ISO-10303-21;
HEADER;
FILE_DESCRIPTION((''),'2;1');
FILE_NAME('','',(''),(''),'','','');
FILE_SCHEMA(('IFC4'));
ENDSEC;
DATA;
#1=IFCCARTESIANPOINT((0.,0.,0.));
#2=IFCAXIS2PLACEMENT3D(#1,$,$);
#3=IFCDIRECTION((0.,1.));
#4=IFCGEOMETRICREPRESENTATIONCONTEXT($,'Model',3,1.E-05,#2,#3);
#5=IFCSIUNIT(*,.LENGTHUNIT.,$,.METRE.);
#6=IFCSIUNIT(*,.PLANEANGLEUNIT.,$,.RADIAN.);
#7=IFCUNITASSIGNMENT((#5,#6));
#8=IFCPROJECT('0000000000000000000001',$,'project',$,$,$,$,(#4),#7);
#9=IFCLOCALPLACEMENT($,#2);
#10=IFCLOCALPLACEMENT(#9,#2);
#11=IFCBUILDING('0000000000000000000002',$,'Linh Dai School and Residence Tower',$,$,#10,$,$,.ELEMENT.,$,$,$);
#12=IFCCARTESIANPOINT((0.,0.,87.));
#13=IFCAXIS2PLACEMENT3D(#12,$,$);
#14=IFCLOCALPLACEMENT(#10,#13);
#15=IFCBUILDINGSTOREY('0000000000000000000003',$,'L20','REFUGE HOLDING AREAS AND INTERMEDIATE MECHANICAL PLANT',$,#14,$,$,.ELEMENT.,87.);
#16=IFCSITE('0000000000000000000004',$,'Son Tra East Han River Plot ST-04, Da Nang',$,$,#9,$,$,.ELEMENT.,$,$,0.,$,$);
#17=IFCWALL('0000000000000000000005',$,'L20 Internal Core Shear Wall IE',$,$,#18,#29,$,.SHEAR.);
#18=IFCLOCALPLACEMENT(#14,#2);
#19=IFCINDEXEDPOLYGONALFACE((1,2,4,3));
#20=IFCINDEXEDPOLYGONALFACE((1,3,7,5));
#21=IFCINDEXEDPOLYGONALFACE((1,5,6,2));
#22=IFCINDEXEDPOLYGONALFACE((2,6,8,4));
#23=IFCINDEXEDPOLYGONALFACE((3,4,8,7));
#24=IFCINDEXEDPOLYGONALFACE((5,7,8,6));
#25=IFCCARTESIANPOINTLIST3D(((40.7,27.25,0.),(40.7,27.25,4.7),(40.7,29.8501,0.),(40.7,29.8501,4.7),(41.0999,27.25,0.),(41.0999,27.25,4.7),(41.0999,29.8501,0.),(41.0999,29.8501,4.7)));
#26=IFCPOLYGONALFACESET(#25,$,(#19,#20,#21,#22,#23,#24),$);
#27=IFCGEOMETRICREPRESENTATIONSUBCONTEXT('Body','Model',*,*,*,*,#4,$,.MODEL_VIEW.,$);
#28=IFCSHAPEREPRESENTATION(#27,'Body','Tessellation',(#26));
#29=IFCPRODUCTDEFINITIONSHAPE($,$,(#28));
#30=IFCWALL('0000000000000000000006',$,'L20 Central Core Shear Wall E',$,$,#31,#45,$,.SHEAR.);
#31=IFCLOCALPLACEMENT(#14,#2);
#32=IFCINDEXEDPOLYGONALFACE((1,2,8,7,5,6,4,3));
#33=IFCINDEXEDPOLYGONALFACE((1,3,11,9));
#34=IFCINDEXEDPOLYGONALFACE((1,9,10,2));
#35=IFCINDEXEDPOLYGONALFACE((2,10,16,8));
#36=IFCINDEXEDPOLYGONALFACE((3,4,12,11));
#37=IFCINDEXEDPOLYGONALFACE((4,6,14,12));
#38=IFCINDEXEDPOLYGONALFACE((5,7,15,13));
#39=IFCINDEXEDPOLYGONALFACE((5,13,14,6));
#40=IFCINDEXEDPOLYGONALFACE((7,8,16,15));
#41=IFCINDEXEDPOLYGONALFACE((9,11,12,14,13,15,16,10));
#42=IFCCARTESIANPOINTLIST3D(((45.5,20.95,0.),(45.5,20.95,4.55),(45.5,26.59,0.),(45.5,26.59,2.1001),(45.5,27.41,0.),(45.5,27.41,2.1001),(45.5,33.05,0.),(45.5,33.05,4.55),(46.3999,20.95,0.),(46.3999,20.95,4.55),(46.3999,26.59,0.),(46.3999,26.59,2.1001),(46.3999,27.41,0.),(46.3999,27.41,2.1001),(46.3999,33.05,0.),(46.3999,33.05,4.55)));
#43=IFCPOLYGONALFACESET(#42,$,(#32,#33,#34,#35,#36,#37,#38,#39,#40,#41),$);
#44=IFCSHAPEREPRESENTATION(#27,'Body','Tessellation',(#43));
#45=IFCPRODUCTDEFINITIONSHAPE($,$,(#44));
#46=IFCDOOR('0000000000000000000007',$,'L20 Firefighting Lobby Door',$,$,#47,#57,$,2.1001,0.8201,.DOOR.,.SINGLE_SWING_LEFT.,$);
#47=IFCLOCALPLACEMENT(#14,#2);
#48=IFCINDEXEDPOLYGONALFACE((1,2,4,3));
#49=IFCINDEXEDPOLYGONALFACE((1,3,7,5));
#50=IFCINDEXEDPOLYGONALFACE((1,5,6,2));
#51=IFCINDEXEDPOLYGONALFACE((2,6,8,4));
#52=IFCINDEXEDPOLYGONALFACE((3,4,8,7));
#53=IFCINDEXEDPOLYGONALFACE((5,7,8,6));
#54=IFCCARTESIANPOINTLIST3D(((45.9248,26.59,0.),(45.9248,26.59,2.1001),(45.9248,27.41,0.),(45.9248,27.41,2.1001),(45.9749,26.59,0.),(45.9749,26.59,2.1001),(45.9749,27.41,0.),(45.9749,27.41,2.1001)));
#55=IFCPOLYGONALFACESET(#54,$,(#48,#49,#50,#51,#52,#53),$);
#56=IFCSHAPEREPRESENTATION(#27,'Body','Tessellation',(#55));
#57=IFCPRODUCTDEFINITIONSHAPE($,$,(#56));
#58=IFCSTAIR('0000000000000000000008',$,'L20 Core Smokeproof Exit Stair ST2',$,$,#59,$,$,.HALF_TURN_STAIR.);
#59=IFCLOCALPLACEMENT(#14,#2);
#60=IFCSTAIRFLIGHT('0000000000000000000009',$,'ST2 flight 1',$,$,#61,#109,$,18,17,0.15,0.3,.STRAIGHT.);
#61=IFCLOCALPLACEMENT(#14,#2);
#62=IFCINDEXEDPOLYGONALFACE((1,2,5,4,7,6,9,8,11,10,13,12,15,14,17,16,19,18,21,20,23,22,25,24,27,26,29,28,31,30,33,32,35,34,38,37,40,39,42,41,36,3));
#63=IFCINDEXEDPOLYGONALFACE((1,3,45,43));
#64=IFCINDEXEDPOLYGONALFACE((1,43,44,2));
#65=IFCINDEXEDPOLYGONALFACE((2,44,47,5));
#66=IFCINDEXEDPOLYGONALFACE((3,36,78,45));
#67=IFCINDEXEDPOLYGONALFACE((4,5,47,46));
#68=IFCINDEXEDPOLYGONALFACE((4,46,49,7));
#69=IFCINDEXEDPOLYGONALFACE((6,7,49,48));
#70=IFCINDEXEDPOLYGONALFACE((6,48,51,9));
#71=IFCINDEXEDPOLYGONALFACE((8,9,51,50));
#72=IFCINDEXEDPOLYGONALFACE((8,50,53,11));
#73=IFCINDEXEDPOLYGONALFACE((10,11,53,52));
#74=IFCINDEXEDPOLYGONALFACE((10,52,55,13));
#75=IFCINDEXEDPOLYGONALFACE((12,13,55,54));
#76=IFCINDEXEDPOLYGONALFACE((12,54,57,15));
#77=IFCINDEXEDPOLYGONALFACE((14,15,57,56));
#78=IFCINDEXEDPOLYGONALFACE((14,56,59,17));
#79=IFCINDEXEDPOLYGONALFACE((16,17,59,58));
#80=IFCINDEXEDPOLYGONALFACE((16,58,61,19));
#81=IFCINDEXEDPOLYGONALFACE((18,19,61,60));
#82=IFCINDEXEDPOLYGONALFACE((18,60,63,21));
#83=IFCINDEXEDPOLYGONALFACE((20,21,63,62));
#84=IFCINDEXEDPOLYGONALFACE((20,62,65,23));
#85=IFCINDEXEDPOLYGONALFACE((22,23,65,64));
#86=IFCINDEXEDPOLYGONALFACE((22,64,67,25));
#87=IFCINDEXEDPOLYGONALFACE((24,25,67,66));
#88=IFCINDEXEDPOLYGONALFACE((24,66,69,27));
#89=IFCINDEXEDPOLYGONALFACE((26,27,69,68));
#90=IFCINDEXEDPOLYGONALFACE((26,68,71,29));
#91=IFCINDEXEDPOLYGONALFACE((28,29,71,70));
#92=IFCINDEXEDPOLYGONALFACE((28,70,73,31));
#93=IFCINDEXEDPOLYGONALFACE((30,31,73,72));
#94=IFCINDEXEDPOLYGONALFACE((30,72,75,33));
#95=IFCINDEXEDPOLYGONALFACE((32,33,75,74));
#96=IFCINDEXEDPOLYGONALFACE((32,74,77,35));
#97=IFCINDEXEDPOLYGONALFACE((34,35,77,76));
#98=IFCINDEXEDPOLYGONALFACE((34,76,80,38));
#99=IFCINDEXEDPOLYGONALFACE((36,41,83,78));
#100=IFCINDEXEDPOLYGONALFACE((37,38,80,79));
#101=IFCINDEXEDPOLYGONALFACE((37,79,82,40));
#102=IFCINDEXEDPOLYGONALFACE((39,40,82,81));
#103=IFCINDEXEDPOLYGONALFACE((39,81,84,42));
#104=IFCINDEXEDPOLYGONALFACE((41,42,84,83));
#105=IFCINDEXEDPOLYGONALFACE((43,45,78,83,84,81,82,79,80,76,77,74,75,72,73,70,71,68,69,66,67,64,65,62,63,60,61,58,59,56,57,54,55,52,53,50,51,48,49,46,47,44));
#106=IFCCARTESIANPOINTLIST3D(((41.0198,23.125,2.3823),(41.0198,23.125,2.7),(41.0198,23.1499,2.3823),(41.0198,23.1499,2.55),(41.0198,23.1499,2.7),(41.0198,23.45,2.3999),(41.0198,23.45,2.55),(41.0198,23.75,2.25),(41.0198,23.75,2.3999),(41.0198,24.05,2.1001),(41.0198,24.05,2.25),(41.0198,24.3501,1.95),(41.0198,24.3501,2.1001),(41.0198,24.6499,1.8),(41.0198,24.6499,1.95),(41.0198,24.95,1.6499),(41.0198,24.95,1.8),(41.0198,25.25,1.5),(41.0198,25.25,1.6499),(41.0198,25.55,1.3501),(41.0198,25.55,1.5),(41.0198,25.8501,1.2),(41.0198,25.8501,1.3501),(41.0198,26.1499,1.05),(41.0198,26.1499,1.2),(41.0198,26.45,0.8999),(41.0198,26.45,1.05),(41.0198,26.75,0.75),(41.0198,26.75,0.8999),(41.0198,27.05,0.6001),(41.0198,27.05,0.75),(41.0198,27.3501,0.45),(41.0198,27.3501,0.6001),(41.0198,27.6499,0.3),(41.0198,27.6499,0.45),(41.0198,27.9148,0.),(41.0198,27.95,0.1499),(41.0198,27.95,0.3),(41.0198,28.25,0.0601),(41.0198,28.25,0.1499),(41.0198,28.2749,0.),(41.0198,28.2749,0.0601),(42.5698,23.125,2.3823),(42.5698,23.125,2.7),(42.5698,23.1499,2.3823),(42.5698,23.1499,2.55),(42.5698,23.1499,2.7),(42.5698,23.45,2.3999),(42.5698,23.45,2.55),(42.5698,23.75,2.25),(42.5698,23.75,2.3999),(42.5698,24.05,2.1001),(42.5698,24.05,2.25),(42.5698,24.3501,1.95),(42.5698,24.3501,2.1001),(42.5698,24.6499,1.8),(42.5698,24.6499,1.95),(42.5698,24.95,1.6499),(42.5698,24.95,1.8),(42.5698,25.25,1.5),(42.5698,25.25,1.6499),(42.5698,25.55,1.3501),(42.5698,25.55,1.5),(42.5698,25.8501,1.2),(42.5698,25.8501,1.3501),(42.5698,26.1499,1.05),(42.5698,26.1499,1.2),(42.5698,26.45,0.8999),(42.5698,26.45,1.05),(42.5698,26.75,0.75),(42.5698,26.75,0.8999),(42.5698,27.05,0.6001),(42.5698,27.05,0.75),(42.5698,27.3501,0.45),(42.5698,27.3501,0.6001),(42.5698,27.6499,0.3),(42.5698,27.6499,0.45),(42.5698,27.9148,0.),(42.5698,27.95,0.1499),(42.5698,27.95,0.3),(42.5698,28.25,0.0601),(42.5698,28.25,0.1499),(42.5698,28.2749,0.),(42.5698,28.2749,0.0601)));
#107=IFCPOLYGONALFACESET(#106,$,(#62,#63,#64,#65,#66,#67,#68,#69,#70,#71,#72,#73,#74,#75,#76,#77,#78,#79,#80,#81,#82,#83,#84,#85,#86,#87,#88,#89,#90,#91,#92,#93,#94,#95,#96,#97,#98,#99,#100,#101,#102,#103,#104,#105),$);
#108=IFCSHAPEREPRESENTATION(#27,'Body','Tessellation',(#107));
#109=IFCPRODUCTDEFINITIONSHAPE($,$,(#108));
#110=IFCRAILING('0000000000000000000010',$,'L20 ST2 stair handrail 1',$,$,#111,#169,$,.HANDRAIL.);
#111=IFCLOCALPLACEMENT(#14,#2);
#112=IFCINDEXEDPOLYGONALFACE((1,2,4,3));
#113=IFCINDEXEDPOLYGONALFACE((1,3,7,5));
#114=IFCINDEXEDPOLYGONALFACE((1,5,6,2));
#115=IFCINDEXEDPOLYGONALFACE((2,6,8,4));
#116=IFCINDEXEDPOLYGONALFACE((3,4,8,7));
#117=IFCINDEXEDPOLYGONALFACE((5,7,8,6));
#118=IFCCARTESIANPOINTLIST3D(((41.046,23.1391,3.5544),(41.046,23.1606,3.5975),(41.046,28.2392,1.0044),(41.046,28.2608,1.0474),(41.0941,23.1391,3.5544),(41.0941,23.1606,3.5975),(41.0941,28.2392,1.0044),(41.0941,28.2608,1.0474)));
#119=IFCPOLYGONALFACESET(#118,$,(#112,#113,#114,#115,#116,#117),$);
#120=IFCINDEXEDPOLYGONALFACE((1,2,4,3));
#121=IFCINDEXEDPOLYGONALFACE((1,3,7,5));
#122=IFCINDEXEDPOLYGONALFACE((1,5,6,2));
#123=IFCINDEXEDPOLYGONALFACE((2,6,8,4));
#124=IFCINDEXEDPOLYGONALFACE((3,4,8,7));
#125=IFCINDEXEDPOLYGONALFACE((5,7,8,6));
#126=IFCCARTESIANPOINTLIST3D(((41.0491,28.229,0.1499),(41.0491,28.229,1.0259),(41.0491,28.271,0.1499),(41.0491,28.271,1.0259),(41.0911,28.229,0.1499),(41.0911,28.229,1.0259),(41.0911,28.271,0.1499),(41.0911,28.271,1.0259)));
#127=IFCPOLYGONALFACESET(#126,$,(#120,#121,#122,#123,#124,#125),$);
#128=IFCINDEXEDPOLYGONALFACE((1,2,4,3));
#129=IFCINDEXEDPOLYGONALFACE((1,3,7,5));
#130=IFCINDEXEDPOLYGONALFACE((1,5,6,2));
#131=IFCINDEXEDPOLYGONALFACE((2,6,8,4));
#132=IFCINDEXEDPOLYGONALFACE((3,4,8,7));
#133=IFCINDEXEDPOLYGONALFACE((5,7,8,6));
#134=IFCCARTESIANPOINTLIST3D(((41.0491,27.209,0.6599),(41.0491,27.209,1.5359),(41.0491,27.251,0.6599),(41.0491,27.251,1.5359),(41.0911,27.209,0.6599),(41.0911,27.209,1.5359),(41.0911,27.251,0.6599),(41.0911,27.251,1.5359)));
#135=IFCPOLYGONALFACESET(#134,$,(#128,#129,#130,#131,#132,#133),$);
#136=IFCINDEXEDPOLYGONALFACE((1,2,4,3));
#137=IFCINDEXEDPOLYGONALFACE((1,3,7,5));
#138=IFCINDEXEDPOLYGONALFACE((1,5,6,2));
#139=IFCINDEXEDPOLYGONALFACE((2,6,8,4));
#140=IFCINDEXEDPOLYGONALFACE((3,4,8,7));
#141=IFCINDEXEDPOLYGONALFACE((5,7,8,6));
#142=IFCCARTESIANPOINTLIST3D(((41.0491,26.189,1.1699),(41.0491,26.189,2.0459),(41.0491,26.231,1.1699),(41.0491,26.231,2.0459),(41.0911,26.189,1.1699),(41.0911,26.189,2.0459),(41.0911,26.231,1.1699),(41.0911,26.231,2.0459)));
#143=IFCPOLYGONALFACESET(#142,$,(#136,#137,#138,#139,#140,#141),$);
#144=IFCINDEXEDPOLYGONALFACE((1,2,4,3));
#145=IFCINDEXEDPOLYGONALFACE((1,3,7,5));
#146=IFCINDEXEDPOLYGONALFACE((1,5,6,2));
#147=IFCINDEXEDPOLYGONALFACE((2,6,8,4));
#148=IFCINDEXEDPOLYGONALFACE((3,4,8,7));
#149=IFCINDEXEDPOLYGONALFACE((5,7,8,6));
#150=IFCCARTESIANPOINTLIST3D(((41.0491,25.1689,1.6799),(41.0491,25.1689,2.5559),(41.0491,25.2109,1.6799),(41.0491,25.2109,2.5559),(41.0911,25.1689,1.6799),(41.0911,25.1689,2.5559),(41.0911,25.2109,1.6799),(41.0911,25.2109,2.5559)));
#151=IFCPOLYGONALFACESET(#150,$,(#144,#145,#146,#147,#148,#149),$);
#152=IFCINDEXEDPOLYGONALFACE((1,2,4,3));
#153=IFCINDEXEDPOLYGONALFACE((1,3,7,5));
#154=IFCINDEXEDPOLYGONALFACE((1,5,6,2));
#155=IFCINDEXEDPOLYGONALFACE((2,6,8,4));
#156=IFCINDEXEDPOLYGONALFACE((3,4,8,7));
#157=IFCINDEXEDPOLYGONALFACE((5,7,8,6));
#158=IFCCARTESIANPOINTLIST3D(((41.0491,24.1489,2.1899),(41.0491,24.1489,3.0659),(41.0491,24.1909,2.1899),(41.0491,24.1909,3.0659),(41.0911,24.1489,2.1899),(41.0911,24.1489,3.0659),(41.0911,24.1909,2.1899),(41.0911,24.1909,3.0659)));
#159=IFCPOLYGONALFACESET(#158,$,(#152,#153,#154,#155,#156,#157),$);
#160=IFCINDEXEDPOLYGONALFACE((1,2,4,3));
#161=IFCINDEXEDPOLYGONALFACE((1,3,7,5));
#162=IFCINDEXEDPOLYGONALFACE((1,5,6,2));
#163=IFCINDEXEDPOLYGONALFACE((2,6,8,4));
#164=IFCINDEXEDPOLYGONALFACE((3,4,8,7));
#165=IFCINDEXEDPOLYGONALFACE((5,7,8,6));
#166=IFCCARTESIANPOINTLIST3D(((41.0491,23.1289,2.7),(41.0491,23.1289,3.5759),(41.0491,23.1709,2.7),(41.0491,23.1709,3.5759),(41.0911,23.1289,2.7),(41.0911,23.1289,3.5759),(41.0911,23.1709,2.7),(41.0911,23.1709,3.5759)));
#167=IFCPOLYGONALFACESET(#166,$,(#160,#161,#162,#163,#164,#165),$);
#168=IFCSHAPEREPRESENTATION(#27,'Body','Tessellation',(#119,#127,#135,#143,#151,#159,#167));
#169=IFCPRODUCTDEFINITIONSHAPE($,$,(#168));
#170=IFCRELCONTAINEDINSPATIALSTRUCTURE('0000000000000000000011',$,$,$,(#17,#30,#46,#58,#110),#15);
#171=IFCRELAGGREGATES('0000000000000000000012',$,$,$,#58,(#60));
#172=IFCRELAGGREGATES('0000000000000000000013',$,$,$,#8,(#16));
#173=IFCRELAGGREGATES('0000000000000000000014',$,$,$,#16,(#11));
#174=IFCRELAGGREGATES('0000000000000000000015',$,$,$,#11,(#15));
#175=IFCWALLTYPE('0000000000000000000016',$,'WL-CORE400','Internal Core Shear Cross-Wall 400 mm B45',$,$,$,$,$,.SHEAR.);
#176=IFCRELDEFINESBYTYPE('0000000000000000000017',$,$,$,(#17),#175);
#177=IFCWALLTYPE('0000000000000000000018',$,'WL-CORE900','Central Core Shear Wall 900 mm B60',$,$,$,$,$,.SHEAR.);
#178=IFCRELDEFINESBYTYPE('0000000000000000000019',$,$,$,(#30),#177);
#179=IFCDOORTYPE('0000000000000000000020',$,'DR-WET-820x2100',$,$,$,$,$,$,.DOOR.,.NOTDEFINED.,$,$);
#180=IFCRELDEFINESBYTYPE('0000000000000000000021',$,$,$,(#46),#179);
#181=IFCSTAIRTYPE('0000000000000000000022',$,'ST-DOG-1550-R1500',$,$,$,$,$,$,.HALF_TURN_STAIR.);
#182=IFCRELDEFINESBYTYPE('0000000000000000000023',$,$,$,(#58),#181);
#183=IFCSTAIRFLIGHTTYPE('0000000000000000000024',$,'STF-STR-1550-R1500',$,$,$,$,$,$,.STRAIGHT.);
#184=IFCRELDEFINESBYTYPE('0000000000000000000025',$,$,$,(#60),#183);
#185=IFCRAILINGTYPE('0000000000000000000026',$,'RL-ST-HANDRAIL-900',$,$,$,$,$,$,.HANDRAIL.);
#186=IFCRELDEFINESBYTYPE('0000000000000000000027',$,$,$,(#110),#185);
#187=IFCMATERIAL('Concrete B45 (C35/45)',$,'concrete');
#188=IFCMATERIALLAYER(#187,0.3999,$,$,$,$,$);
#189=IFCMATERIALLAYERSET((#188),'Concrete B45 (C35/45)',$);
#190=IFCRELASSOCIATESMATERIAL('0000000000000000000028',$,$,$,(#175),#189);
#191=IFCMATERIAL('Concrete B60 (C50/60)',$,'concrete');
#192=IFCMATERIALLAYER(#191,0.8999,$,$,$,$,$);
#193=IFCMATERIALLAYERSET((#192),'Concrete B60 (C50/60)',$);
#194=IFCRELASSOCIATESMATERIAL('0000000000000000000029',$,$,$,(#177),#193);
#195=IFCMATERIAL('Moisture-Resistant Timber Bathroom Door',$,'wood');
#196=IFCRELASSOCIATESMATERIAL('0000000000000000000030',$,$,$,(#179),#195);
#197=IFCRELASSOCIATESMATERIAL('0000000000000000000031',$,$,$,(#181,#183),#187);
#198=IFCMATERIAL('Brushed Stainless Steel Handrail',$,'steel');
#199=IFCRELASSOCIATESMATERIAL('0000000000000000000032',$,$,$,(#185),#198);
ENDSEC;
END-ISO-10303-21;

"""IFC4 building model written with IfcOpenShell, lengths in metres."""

from ifc_helpers import new_model, si_unit, direction, frame, frame_2d, origin, origin_2d, place, context, subcontext, project, spatial, polyline, rectangle, outline, extrude, source, transform, mapped, material, layer, layer_set, type_object, element, fill, aggregate, save


model = new_model("IFC4")

# Units and contexts
model_context = context("Model", 3, precision=1e-05, world=origin(), true_north=direction((0.0, 1.0)))
body_context = subcontext(model_context, "Body", "Model", "MODEL_VIEW")
ifc_project = project(units=[si_unit("LENGTHUNIT", "METRE"), si_unit("PLANEANGLEUNIT", "RADIAN")], contexts=[model_context])

# Site, building, storey
site_placement = place(None, origin())
site = spatial("IfcSite", under=ifc_project, at=site_placement, Name="Son Tra East Han River Plot ST-04, Da Nang", CompositionType="ELEMENT", RefElevation=0.0)
building_placement = place(site_placement, origin())
building = spatial("IfcBuilding", under=site, at=building_placement, Name="Linh Dai School and Residence Tower", CompositionType="ELEMENT")
storey_placement = place(building_placement, frame((0.0, 0.0, 87.0)))
storey = spatial("IfcBuildingStorey", under=building, at=storey_placement, Name="L20", Description="REFUGE HOLDING AREAS AND INTERMEDIATE MECHANICAL PLANT", CompositionType="ELEMENT", Elevation=87.0)

# Wall
ifc_material_1 = material(Name="Concrete B45 (C35/45)", Category="concrete")
ifc_layer_1 = layer(ifc_material_1, 0.3999)
ifc_layer_set_1 = layer_set([ifc_layer_1], Name="Concrete B45 (C35/45)")
wall_type_1 = type_object("IfcWallType", Name="WL-CORE400", Description="Internal Core Shear Cross-Wall 400 mm B45", PredefinedType="SHEAR", material=ifc_layer_set_1)
wall_1_placement = place(storey_placement, frame((40.8999, 27.25, 0.0), z_axis=(0.0, 0.0, 1.0), x_axis=(0.0, 1.0, 0.0)))
element("IfcWall", 1, at=wall_1_placement, inside=storey, type_object=wall_type_1, Name="L20 Internal Core Shear Wall IE", PredefinedType="SHEAR", context=body_context, shape_type="SweptSolid", body=[
    extrude(rectangle(XDim=2.6001, YDim=0.3999, at=frame_2d((1.3, 0.0))), origin(), (0.0, 0.0, 1.0), 4.7),
])

# Wall, opening, door
ifc_material_2 = material(Name="Concrete B60 (C50/60)", Category="concrete")
ifc_layer_2 = layer(ifc_material_2, 0.8999)
ifc_layer_set_2 = layer_set([ifc_layer_2], Name="Concrete B60 (C50/60)")
wall_type_2 = type_object("IfcWallType", Name="WL-CORE900", Description="Central Core Shear Wall 900 mm B60", PredefinedType="SHEAR", material=ifc_layer_set_2)
wall_2_placement = place(storey_placement, frame((45.95, 33.05, 0.0), z_axis=(0.0, 0.0, 1.0), x_axis=(0.0, -1.0, 0.0)))
wall_2 = element("IfcWall", 2, at=wall_2_placement, inside=storey, type_object=wall_type_2, Name="L20 Central Core Shear Wall E", PredefinedType="SHEAR", context=body_context, shape_type="SweptSolid", body=[
    extrude(rectangle(XDim=12.1001, YDim=0.8999, at=frame_2d((6.05, 0.0))), origin(), (0.0, 0.0, 1.0), 4.55),
])
opening_placement = place(wall_2_placement, frame((5.6399, 0.0, 0.0)))
opening = element("IfcOpeningElement", 3, at=opening_placement, cuts=wall_2, PredefinedType="OPENING", context=body_context, shape_type="SweptSolid", body=[
    extrude(rectangle(XDim=0.8201, YDim=2.1001, at=origin_2d()), frame((0.4102, 0.46, 1.05), z_axis=(0.0, -1.0, 0.0), x_axis=(1.0, 0.0, 0.0)), (0.0, 0.0, 1.0), 0.9199),
])
ifc_material_3 = material(Name="Moisture-Resistant Timber Bathroom Door", Category="wood")
door_type = type_object("IfcDoorType", Name="DR-WET-820x2100", OperationType="NOTDEFINED", PredefinedType="DOOR", material=ifc_material_3)
shared_shape_1 = source(origin(), body_context, "Body", "SweptSolid", [
    extrude(rectangle(XDim=0.8201, YDim=2.1001, at=origin_2d()), frame((0.4102, 0.0249, 1.05), z_axis=(0.0, -1.0, 0.0), x_axis=(1.0, 0.0, 0.0)), (0.0, 0.0, 1.0), 0.05),
])
door_placement = place(opening_placement, origin())
door = element("IfcDoor", 4, at=door_placement, inside=storey, type_object=door_type, Name="L20 Firefighting Lobby Door", OperationType="SINGLE_SWING_LEFT", OverallHeight=2.1001, OverallWidth=0.8201, PredefinedType="DOOR", context=body_context, shape_type="MappedRepresentation", body=[
    mapped(shared_shape_1, transform((0.0, 0.0, 0.0), x_axis=(1.0, 0.0, 0.0), y_axis=(0.0, 1.0, 0.0), z_axis=(0.0, 0.0, 1.0), scale=1.0)),
])
fill(opening, door)

# Stair, stair flight
stair_type = type_object("IfcStairType", Name="ST-DOG-1550-R1500", PredefinedType="HALF_TURN_STAIR", material=ifc_material_1)
stair_placement = place(storey_placement, origin())
stair = element("IfcStair", 5, at=stair_placement, inside=storey, type_object=stair_type, Name="L20 Core Smokeproof Exit Stair ST2", PredefinedType="HALF_TURN_STAIR")
stair_flight_type = type_object("IfcStairFlightType", Name="STF-STR-1550-R1500", PredefinedType="STRAIGHT", material=ifc_material_1)
shared_shape_2 = source(origin(), body_context, "Body", "SweptSolid", [
    extrude(outline(polyline([(-0.0249, 0.0), (-0.0249, 0.0601), (0.0, 0.0601), (0.0, 0.1499), (0.3, 0.1499), (0.3, 0.3), (0.6001, 0.3), (0.6001, 0.45), (0.8999, 0.45), (0.8999, 0.6001), (1.2, 0.6001), (1.2, 0.75), (1.5, 0.75), (1.5, 0.8999), (1.8, 0.8999), (1.8, 1.05), (2.1001, 1.05), (2.1001, 1.2), (2.3999, 1.2), (2.3999, 1.3501), (2.7, 1.3501), (2.7, 1.5), (3.0, 1.5), (3.0, 1.6499), (3.3, 1.6499), (3.3, 1.8), (3.6001, 1.8), (3.6001, 1.95), (3.8999, 1.95), (3.8999, 2.1001), (4.2, 2.1001), (4.2, 2.25), (4.5, 2.25), (4.5, 2.3999), (4.8, 2.3999), (4.8, 2.55), (5.1001, 2.55), (5.1001, 2.7), (5.125, 2.7), (5.125, 2.3823), (5.1001, 2.3823), (0.3352, 0.0), (-0.0249, 0.0)])), frame((0.0, 0.7749, 0.0), z_axis=(0.0, -1.0, 0.0), x_axis=(1.0, 0.0, 0.0)), (0.0, 0.0, 1.0), 1.55),
])
stair_flight_placement = place(storey_placement, frame((41.7949, 28.25, 0.0), z_axis=(0.0, 0.0, 1.0), x_axis=(0.0, -1.0, 0.0)))
stair_flight = element("IfcStairFlight", 6, at=stair_flight_placement, type_object=stair_flight_type, Name="ST2 flight 1", NumberOfRisers=18, NumberOfTreads=17, PredefinedType="STRAIGHT", RiserHeight=0.15, TreadLength=0.3, context=body_context, shape_type="MappedRepresentation", body=[
    mapped(shared_shape_2, transform((0.0, 0.0, 0.0), x_axis=(1.0, 0.0, 0.0), y_axis=(0.0, 1.0, 0.0), z_axis=(0.0, 0.0, 1.0), scale=1.0)),
])
aggregate(stair, [stair_flight])

# Railing
ifc_material_4 = material(Name="Brushed Stainless Steel Handrail", Category="steel")
railing_type_1 = type_object("IfcRailingType", Name="RL-ST-HANDRAIL-900", PredefinedType="HANDRAIL", material=ifc_material_4)
shared_shape_3 = source(origin(), body_context, "Body", "SweptSolid", [
    extrude(rectangle(XDim=0.0481, YDim=0.0481, at=origin_2d()), frame((0.0, 0.0, 0.876), z_axis=(0.0, -0.894427, 0.447214), x_axis=(1.0, 0.0, 0.0)), (0.0, 0.0, 1.0), 5.7021),
    extrude(rectangle(XDim=0.042, YDim=0.042, at=origin_2d()), origin(), (0.0, 0.0, 1.0), 0.876),
    extrude(rectangle(XDim=0.042, YDim=0.042, at=origin_2d()), frame((0.0, -1.02, 0.51)), (0.0, 0.0, 1.0), 0.876),
    extrude(rectangle(XDim=0.042, YDim=0.042, at=origin_2d()), frame((0.0, -2.04, 1.02)), (0.0, 0.0, 1.0), 0.876),
    extrude(rectangle(XDim=0.042, YDim=0.042, at=origin_2d()), frame((0.0, -3.0601, 1.53)), (0.0, 0.0, 1.0), 0.876),
    extrude(rectangle(XDim=0.042, YDim=0.042, at=origin_2d()), frame((0.0, -4.0801, 2.04)), (0.0, 0.0, 1.0), 0.876),
    extrude(rectangle(XDim=0.042, YDim=0.042, at=origin_2d()), frame((0.0, -5.1001, 2.55)), (0.0, 0.0, 1.0), 0.876),
])
railing_1_placement = place(storey_placement, frame((41.0701, 28.25, 0.1499)))
element("IfcRailing", 7, at=railing_1_placement, inside=storey, type_object=railing_type_1, Name="L20 ST2 stair handrail 1", PredefinedType="HANDRAIL", context=body_context, shape_type="MappedRepresentation", body=[
    mapped(shared_shape_3, transform((0.0, 0.0, 0.0), x_axis=(1.0, 0.0, 0.0), y_axis=(0.0, 1.0, 0.0), z_axis=(0.0, 0.0, 1.0), scale=1.0)),
])

save(model, "model.ifc")
